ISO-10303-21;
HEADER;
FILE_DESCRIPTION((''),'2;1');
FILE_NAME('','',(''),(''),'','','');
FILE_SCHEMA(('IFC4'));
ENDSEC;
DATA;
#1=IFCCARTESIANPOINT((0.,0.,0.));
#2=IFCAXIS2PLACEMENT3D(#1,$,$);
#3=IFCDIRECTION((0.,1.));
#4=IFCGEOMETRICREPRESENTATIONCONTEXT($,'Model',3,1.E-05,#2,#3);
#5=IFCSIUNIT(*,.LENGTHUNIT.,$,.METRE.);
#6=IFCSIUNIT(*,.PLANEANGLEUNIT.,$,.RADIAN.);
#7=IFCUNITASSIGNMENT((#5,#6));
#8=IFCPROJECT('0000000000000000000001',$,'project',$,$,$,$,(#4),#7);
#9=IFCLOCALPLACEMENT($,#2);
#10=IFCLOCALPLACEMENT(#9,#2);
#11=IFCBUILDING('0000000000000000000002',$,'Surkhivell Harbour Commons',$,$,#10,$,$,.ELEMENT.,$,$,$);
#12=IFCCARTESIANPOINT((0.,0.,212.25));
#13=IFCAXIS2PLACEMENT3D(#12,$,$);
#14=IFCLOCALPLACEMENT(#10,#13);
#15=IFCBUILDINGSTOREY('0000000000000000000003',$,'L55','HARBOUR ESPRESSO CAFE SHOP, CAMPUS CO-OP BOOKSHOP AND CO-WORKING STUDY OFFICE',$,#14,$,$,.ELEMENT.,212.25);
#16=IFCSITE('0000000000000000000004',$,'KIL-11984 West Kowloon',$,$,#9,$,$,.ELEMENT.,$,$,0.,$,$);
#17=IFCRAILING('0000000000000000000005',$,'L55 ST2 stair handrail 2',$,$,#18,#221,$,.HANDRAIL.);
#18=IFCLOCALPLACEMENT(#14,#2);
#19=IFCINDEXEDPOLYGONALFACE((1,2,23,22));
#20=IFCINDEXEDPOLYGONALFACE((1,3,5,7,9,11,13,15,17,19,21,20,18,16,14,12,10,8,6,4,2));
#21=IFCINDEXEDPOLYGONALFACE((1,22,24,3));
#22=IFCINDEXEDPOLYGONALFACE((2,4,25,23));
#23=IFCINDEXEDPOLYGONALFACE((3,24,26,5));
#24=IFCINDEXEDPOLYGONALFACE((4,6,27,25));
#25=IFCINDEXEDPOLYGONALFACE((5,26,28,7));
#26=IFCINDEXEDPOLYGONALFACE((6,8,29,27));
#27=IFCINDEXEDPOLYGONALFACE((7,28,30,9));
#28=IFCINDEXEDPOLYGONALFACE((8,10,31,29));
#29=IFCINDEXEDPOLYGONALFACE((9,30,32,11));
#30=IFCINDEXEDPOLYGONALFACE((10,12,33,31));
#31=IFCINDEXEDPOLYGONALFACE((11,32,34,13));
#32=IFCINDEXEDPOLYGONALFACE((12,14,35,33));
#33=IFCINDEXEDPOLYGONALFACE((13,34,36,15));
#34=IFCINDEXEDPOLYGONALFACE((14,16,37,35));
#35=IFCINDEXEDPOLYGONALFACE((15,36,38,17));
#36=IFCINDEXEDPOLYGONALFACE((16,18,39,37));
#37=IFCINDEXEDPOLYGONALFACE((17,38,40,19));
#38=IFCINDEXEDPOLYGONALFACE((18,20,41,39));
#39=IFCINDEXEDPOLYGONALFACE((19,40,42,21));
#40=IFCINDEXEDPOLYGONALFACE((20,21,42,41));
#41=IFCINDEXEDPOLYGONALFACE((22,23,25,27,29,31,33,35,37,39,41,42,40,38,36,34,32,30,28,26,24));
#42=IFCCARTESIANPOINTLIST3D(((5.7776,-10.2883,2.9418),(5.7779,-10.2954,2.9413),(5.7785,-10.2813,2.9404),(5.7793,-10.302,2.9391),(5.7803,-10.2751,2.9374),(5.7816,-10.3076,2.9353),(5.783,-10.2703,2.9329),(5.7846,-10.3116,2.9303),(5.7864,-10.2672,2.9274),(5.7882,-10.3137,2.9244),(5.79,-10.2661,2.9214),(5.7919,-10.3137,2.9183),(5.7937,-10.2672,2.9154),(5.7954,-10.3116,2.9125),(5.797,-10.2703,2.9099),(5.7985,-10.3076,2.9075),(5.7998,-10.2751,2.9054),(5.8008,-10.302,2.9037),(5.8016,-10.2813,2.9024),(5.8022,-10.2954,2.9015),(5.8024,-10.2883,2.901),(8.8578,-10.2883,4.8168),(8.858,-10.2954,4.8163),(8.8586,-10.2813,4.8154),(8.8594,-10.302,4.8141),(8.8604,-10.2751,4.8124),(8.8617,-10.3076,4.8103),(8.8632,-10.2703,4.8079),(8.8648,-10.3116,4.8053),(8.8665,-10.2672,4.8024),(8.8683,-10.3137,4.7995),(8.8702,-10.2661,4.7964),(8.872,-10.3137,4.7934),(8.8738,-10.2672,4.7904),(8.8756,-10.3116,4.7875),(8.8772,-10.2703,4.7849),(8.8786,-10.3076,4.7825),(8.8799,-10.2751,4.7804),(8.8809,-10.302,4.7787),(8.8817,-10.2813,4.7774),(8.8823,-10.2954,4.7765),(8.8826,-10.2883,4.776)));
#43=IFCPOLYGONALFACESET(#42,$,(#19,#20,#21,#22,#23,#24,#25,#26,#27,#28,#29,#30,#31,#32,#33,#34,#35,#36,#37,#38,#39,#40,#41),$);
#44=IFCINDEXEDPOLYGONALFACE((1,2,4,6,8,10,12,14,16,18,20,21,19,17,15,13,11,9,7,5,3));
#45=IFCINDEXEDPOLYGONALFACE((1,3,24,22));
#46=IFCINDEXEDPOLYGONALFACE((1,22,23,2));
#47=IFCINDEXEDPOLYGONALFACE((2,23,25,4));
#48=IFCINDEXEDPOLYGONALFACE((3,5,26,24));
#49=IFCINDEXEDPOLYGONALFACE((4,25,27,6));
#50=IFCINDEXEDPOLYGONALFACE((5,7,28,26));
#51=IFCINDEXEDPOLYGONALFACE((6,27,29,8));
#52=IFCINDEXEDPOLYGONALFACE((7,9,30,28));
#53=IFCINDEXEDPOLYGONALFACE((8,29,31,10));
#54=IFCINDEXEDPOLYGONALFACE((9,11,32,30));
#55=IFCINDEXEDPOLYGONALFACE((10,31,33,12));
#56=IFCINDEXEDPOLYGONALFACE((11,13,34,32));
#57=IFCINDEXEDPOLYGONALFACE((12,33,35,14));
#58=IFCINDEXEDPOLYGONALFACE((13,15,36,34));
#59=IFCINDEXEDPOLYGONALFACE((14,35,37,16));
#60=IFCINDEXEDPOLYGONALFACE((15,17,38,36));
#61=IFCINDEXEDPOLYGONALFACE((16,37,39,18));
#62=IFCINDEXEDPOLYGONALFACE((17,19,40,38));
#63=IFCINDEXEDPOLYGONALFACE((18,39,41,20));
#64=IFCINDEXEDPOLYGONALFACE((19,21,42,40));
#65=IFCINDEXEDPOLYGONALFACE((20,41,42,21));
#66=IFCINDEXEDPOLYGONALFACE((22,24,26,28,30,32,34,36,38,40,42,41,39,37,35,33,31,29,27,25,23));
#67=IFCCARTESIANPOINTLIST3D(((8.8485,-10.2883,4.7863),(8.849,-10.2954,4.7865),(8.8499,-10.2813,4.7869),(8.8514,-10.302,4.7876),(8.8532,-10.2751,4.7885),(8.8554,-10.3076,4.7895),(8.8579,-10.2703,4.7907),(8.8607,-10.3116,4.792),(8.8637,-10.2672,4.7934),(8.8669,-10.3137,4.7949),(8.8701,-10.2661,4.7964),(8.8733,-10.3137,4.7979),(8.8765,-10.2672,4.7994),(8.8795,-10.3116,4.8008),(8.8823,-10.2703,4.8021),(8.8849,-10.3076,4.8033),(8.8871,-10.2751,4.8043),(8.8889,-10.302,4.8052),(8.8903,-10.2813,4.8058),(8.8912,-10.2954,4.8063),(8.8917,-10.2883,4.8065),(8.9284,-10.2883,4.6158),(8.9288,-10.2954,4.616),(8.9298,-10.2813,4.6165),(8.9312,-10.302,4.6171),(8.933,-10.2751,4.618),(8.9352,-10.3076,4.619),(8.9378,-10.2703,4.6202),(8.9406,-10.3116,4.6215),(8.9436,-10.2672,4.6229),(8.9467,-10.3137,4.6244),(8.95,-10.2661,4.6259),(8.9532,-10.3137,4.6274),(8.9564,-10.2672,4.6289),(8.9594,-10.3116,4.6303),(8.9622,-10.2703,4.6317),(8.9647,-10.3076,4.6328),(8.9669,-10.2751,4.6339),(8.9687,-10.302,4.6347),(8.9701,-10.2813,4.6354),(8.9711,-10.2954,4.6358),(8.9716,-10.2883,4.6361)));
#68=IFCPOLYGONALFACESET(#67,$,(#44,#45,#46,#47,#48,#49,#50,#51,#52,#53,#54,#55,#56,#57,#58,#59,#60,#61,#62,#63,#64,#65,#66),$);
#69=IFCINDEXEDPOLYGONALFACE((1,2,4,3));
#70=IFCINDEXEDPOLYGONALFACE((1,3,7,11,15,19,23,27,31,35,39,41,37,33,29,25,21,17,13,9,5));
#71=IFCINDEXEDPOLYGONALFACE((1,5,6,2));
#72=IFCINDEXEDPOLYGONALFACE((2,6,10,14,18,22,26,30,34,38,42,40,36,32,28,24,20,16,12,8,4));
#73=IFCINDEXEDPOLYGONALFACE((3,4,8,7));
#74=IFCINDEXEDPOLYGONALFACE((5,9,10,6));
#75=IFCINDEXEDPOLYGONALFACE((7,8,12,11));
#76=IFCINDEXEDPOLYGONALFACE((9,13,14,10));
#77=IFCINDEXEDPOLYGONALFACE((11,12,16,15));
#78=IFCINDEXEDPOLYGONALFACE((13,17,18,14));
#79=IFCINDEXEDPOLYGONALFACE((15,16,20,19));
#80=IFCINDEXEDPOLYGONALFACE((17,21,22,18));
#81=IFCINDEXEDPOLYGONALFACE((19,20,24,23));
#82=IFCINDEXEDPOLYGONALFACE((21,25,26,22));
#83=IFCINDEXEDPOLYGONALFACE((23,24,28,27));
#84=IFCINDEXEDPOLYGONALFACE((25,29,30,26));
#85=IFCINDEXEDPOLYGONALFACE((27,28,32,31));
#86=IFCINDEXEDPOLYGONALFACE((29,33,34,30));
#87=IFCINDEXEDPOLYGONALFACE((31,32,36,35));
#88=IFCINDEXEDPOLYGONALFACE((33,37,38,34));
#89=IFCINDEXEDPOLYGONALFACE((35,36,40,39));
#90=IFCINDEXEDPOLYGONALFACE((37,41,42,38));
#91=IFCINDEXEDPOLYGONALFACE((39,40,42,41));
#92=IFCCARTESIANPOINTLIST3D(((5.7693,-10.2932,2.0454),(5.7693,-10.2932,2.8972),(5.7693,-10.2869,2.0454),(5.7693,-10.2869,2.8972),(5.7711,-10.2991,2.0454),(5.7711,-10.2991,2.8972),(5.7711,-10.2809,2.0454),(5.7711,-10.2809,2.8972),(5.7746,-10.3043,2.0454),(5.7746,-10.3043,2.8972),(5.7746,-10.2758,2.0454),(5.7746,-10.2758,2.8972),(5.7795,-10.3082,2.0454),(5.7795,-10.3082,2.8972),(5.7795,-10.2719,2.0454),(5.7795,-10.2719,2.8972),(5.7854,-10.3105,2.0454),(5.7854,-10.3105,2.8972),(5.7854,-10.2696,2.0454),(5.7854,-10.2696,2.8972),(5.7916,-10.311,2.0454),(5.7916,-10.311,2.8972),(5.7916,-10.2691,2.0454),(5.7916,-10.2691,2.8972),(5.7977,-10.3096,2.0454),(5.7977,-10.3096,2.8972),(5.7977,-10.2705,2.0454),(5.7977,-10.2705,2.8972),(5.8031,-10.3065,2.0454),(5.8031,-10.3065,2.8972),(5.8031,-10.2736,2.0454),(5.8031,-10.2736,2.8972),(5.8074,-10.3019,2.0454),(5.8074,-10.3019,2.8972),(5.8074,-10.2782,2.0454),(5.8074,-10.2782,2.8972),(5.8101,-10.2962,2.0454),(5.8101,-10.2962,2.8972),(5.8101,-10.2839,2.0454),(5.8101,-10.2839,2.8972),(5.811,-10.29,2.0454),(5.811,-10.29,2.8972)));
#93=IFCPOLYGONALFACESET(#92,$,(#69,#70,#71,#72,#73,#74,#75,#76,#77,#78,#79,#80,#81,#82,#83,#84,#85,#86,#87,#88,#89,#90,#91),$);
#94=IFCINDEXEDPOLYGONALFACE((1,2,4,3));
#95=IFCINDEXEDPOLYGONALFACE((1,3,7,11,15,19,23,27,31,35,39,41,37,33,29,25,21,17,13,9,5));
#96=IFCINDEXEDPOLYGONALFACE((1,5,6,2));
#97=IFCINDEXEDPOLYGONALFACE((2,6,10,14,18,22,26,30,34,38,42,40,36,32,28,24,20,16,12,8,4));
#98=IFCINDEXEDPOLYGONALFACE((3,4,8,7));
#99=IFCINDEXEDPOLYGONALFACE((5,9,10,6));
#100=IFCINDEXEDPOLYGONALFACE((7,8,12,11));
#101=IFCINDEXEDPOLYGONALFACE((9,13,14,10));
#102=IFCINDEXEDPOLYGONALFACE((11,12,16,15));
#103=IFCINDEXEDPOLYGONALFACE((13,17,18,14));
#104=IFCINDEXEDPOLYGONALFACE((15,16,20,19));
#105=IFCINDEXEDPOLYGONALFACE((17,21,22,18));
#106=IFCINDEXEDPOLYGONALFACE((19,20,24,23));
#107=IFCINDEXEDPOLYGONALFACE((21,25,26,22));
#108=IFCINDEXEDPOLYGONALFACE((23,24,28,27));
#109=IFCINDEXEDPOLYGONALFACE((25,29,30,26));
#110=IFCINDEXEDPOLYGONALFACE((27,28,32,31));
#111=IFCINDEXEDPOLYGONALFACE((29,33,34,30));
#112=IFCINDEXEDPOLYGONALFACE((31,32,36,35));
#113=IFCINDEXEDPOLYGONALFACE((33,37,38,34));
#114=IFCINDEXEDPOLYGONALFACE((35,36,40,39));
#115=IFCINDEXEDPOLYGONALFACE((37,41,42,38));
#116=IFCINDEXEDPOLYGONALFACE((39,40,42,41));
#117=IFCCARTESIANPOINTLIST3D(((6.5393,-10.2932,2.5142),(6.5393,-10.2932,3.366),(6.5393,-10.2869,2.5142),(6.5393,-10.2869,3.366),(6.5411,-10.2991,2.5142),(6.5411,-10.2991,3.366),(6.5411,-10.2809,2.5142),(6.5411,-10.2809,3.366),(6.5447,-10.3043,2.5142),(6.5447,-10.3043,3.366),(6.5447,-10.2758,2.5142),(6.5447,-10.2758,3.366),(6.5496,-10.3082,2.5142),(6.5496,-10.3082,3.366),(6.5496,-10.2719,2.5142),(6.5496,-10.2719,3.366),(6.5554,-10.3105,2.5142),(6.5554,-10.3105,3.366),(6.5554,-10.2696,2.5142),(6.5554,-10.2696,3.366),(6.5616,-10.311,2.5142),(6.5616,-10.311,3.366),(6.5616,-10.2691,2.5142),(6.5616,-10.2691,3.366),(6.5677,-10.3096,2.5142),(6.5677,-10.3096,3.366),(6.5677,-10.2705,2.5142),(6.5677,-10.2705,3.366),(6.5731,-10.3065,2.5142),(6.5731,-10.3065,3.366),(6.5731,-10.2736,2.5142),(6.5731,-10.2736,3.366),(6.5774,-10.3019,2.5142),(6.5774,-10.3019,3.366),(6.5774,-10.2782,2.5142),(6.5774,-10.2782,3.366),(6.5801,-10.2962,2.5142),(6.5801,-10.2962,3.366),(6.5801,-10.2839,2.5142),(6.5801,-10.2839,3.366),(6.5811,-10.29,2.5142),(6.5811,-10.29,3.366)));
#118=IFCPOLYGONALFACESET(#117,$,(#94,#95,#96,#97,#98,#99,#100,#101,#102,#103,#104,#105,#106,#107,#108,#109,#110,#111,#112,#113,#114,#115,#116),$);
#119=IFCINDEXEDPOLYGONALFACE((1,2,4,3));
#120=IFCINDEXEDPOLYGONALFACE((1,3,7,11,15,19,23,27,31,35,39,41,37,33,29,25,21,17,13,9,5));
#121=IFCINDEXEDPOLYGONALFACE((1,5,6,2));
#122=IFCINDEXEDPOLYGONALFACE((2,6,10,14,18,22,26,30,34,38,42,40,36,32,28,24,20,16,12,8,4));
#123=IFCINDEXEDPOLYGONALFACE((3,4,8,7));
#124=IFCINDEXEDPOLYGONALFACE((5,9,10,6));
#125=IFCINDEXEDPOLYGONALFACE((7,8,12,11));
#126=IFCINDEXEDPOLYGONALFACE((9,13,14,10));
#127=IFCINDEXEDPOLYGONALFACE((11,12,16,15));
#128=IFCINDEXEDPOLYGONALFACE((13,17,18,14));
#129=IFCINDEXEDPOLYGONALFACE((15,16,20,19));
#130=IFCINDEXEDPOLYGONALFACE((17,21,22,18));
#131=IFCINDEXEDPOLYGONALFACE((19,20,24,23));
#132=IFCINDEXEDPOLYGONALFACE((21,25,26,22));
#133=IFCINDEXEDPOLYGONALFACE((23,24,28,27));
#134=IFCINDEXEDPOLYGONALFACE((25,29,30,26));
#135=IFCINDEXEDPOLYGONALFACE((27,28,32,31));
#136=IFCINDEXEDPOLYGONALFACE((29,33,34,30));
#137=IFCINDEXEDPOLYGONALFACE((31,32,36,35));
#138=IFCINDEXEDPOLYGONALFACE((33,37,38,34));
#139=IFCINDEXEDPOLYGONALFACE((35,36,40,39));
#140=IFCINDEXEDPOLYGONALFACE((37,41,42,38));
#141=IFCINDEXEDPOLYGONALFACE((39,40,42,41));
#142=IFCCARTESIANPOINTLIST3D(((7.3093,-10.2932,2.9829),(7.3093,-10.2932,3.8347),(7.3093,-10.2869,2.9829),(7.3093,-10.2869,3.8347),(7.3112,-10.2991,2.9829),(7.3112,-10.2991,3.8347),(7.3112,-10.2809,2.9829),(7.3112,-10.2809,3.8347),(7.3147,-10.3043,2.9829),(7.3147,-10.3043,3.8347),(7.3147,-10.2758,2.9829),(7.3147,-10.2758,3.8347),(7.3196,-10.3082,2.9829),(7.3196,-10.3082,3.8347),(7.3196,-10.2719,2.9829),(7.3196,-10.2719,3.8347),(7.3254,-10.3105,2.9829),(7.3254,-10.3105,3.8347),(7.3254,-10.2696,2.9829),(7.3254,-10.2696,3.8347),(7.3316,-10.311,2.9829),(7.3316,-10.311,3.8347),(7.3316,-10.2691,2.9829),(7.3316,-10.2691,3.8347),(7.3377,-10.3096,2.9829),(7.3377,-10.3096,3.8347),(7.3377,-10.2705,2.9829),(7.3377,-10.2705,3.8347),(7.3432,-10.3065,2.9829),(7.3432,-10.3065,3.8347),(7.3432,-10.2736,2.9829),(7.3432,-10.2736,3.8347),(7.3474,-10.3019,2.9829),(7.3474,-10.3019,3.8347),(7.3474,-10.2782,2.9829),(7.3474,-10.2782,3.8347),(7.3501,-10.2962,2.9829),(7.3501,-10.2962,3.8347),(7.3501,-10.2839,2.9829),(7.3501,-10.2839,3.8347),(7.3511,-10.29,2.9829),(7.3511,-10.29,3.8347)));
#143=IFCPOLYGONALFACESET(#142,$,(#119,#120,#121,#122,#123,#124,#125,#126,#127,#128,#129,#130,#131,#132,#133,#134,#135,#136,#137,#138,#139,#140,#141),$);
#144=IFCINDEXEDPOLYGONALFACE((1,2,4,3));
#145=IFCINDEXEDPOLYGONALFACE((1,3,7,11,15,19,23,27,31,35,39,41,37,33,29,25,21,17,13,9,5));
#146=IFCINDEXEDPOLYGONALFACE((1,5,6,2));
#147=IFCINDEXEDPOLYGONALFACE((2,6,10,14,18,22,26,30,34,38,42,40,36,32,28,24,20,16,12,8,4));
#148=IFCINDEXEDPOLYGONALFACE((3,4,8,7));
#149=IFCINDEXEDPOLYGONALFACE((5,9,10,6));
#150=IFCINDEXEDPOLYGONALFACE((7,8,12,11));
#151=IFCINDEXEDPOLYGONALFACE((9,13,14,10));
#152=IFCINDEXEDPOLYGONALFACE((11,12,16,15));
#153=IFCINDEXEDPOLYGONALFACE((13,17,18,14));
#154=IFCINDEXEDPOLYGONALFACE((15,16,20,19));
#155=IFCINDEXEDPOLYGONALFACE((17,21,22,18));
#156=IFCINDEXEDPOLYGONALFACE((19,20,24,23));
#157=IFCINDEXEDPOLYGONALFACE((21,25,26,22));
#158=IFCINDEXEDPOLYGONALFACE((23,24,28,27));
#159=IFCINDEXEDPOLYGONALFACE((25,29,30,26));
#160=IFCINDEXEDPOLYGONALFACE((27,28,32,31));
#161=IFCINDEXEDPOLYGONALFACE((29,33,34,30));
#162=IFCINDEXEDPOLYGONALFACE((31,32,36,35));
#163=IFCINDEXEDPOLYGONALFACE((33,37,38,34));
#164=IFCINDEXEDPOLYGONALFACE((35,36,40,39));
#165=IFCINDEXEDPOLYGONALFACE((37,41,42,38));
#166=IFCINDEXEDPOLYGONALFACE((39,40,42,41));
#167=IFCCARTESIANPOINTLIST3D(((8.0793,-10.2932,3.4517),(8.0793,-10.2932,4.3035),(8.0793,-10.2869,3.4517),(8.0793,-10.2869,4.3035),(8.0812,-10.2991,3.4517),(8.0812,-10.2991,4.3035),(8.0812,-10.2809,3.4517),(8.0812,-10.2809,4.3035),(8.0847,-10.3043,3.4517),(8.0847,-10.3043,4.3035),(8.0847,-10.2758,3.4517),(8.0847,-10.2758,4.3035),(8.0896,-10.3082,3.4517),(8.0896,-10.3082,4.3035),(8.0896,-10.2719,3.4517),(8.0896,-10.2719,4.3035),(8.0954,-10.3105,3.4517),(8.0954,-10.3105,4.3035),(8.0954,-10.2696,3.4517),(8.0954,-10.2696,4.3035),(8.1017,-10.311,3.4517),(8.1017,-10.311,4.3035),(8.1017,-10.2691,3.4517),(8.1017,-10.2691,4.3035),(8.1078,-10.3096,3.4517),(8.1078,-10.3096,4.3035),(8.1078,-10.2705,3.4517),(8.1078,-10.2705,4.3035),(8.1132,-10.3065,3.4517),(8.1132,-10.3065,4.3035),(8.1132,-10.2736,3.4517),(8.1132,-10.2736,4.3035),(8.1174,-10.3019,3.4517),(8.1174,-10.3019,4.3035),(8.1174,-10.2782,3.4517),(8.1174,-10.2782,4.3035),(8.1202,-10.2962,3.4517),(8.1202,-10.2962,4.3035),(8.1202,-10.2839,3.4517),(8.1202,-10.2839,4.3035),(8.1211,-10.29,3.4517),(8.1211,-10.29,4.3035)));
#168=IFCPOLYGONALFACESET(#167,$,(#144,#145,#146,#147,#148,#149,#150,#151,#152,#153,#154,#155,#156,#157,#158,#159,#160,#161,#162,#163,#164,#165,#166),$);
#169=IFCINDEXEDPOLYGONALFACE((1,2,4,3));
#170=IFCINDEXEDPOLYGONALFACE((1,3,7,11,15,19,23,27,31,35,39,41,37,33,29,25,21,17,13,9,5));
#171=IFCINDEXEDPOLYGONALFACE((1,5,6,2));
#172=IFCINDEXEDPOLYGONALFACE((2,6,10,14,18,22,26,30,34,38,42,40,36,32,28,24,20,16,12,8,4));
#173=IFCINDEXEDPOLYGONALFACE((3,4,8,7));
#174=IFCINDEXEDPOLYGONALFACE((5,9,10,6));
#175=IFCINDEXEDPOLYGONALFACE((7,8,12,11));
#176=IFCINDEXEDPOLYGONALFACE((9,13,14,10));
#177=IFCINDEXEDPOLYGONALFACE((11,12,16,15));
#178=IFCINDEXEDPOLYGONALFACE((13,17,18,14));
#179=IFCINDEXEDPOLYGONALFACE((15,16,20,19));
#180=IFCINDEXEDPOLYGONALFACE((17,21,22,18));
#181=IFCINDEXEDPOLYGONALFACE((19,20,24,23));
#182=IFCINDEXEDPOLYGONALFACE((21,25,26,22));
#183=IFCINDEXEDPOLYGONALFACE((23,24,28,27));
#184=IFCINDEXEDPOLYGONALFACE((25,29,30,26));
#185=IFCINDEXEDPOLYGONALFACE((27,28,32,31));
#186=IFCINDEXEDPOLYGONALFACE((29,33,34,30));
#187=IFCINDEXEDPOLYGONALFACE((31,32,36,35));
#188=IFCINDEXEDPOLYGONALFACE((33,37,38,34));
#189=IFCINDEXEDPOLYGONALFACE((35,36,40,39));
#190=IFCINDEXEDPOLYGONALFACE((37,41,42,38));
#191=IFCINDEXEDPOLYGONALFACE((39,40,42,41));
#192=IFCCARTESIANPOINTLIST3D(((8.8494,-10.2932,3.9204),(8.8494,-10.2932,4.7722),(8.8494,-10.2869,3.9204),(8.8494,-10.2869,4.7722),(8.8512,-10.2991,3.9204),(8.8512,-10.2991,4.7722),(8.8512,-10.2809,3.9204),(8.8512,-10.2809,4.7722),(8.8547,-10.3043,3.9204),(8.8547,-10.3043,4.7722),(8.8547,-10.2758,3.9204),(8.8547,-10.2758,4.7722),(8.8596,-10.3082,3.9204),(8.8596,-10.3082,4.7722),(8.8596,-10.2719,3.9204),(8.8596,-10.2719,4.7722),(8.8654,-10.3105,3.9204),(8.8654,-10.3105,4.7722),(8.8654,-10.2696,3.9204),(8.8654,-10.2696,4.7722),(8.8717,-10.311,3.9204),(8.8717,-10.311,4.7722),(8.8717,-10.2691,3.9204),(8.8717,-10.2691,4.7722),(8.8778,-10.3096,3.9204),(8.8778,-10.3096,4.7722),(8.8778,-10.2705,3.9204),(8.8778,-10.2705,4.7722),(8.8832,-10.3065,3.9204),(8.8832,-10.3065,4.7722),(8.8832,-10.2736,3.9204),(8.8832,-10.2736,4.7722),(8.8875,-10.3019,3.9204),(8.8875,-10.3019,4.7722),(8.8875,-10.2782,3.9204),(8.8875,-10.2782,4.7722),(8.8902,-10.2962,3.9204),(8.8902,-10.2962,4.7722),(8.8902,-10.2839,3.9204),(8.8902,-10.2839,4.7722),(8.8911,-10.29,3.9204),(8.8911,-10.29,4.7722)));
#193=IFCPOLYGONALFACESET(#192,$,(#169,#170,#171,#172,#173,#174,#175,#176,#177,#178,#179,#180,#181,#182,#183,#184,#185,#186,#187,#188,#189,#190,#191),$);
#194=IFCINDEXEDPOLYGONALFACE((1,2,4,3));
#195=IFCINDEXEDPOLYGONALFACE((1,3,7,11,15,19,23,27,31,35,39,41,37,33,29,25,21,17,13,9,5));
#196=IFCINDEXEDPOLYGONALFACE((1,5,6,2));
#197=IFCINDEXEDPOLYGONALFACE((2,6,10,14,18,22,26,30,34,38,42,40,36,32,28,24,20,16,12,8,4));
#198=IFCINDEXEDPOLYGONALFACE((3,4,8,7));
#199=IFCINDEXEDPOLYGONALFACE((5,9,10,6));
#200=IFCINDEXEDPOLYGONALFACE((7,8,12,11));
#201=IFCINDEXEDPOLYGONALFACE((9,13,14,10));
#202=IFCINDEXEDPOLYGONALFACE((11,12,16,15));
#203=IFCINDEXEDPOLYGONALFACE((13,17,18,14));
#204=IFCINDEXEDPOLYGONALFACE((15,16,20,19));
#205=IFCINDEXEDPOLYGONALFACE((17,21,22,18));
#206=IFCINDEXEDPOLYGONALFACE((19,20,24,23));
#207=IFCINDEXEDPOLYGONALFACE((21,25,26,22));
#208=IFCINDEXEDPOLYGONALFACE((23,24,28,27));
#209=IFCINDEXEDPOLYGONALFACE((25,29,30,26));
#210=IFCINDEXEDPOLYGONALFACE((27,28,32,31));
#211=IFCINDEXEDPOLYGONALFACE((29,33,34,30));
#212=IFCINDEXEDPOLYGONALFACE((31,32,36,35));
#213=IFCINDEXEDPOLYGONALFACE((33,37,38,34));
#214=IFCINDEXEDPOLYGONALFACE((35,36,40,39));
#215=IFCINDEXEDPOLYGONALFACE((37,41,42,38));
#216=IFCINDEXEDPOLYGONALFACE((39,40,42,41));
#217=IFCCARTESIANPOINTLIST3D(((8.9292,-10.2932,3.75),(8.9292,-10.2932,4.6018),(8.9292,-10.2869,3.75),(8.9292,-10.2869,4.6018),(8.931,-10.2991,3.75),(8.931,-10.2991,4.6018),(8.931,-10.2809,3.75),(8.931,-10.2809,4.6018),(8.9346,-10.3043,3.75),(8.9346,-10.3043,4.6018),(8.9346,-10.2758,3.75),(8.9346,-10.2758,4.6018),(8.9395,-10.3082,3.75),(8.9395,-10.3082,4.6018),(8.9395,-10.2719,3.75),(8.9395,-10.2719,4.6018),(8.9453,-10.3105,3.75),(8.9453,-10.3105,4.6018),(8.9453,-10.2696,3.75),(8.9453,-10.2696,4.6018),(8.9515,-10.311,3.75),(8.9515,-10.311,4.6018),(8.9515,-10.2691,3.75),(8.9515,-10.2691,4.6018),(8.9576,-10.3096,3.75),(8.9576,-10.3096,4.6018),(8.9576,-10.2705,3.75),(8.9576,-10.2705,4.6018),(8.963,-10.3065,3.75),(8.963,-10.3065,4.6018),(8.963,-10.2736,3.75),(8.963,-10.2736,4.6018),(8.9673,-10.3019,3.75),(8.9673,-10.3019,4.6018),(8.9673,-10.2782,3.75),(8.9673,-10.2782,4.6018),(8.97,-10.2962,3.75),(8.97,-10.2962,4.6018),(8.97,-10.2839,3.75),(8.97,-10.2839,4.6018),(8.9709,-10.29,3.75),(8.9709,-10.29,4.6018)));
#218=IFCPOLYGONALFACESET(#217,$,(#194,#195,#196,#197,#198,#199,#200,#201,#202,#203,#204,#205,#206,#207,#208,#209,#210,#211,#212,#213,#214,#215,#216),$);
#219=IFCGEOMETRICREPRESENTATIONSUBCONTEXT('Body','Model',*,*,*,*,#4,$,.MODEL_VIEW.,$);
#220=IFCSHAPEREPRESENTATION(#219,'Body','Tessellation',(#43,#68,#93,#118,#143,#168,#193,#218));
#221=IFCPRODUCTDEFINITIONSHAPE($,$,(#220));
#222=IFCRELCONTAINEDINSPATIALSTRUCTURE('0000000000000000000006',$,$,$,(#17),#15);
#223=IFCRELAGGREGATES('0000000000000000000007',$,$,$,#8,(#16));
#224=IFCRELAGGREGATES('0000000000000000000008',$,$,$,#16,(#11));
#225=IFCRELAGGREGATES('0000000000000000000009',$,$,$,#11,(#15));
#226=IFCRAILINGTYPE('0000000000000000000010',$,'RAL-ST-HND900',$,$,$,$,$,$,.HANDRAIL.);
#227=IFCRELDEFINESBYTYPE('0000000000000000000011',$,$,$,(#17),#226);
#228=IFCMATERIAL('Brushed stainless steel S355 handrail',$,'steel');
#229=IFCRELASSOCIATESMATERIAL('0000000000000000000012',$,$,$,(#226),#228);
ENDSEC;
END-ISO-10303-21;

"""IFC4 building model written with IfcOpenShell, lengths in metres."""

from ifc_helpers import new_model, si_unit, direction, frame, origin, origin_2d, place, context, subcontext, project, spatial, circle, extrude, material, type_object, element, save


model = new_model("IFC4")

# Units and contexts
model_context = context("Model", 3, precision=1e-05, world=origin(), true_north=direction((0.0, 1.0)))
body_context = subcontext(model_context, "Body", "Model", "MODEL_VIEW")
ifc_project = project(units=[si_unit("LENGTHUNIT", "METRE"), si_unit("PLANEANGLEUNIT", "RADIAN")], contexts=[model_context])

# Site, building, storey
site_placement = place(None, origin())
site = spatial("IfcSite", under=ifc_project, at=site_placement, Name="KIL-11984 West Kowloon", CompositionType="ELEMENT", RefElevation=0.0)
building_placement = place(site_placement, origin())
building = spatial("IfcBuilding", under=site, at=building_placement, Name="Surkhivell Harbour Commons", CompositionType="ELEMENT")
storey_placement = place(building_placement, frame((0.0, 0.0, 212.25)))
storey = spatial("IfcBuildingStorey", under=building, at=storey_placement, Name="L55", Description="HARBOUR ESPRESSO CAFE SHOP, CAMPUS CO-OP BOOKSHOP AND CO-WORKING STUDY OFFICE", CompositionType="ELEMENT", Elevation=212.25)

# Railing
ifc_material_1 = material(Name="Brushed stainless steel S355 handrail", Category="steel")
railing_type = type_object("IfcRailingType", Name="RAL-ST-HND900", PredefinedType="HANDRAIL", material=ifc_material_1)
railing_placement = place(storey_placement, frame((5.79, -10.29, 2.0454)))
element("IfcRailing", 1, at=railing_placement, inside=storey, type_object=railing_type, Name="L55 ST2 stair handrail 2", PredefinedType="HANDRAIL", context=body_context, shape_type="SweptSolid", body=[
    extrude(circle(Radius=0.0239, at=origin_2d()), frame((0.0, 0.0, 0.876), z_axis=(0.854178, 0.0, 0.519981), x_axis=(0.0, 1.0, 0.0)), (0.0, 0.0, 1.0), 3.606),
    extrude(circle(Radius=0.0239, at=origin_2d()), frame((3.0801, 0.0, 2.751), z_axis=(0.424234, 0.0, -0.905552), x_axis=(0.0, 1.0, 0.0)), (0.0, 0.0, 1.0), 0.1882),
    extrude(circle(Radius=0.021, at=origin_2d()), origin(), (0.0, 0.0, 1.0), 0.8518),
    extrude(circle(Radius=0.021, at=origin_2d()), frame((0.77, 0.0, 0.4688)), (0.0, 0.0, 1.0), 0.8518),
    extrude(circle(Radius=0.021, at=origin_2d()), frame((1.54, 0.0, 0.9375)), (0.0, 0.0, 1.0), 0.8518),
    extrude(circle(Radius=0.021, at=origin_2d()), frame((2.3101, 0.0, 1.4062)), (0.0, 0.0, 1.0), 0.8518),
    extrude(circle(Radius=0.021, at=origin_2d()), frame((3.0801, 0.0, 1.875)), (0.0, 0.0, 1.0), 0.8518),
    extrude(circle(Radius=0.021, at=origin_2d()), frame((3.1599, 0.0, 1.7046)), (0.0, 0.0, 1.0), 0.8518),
])

save(model, "model.ifc")
